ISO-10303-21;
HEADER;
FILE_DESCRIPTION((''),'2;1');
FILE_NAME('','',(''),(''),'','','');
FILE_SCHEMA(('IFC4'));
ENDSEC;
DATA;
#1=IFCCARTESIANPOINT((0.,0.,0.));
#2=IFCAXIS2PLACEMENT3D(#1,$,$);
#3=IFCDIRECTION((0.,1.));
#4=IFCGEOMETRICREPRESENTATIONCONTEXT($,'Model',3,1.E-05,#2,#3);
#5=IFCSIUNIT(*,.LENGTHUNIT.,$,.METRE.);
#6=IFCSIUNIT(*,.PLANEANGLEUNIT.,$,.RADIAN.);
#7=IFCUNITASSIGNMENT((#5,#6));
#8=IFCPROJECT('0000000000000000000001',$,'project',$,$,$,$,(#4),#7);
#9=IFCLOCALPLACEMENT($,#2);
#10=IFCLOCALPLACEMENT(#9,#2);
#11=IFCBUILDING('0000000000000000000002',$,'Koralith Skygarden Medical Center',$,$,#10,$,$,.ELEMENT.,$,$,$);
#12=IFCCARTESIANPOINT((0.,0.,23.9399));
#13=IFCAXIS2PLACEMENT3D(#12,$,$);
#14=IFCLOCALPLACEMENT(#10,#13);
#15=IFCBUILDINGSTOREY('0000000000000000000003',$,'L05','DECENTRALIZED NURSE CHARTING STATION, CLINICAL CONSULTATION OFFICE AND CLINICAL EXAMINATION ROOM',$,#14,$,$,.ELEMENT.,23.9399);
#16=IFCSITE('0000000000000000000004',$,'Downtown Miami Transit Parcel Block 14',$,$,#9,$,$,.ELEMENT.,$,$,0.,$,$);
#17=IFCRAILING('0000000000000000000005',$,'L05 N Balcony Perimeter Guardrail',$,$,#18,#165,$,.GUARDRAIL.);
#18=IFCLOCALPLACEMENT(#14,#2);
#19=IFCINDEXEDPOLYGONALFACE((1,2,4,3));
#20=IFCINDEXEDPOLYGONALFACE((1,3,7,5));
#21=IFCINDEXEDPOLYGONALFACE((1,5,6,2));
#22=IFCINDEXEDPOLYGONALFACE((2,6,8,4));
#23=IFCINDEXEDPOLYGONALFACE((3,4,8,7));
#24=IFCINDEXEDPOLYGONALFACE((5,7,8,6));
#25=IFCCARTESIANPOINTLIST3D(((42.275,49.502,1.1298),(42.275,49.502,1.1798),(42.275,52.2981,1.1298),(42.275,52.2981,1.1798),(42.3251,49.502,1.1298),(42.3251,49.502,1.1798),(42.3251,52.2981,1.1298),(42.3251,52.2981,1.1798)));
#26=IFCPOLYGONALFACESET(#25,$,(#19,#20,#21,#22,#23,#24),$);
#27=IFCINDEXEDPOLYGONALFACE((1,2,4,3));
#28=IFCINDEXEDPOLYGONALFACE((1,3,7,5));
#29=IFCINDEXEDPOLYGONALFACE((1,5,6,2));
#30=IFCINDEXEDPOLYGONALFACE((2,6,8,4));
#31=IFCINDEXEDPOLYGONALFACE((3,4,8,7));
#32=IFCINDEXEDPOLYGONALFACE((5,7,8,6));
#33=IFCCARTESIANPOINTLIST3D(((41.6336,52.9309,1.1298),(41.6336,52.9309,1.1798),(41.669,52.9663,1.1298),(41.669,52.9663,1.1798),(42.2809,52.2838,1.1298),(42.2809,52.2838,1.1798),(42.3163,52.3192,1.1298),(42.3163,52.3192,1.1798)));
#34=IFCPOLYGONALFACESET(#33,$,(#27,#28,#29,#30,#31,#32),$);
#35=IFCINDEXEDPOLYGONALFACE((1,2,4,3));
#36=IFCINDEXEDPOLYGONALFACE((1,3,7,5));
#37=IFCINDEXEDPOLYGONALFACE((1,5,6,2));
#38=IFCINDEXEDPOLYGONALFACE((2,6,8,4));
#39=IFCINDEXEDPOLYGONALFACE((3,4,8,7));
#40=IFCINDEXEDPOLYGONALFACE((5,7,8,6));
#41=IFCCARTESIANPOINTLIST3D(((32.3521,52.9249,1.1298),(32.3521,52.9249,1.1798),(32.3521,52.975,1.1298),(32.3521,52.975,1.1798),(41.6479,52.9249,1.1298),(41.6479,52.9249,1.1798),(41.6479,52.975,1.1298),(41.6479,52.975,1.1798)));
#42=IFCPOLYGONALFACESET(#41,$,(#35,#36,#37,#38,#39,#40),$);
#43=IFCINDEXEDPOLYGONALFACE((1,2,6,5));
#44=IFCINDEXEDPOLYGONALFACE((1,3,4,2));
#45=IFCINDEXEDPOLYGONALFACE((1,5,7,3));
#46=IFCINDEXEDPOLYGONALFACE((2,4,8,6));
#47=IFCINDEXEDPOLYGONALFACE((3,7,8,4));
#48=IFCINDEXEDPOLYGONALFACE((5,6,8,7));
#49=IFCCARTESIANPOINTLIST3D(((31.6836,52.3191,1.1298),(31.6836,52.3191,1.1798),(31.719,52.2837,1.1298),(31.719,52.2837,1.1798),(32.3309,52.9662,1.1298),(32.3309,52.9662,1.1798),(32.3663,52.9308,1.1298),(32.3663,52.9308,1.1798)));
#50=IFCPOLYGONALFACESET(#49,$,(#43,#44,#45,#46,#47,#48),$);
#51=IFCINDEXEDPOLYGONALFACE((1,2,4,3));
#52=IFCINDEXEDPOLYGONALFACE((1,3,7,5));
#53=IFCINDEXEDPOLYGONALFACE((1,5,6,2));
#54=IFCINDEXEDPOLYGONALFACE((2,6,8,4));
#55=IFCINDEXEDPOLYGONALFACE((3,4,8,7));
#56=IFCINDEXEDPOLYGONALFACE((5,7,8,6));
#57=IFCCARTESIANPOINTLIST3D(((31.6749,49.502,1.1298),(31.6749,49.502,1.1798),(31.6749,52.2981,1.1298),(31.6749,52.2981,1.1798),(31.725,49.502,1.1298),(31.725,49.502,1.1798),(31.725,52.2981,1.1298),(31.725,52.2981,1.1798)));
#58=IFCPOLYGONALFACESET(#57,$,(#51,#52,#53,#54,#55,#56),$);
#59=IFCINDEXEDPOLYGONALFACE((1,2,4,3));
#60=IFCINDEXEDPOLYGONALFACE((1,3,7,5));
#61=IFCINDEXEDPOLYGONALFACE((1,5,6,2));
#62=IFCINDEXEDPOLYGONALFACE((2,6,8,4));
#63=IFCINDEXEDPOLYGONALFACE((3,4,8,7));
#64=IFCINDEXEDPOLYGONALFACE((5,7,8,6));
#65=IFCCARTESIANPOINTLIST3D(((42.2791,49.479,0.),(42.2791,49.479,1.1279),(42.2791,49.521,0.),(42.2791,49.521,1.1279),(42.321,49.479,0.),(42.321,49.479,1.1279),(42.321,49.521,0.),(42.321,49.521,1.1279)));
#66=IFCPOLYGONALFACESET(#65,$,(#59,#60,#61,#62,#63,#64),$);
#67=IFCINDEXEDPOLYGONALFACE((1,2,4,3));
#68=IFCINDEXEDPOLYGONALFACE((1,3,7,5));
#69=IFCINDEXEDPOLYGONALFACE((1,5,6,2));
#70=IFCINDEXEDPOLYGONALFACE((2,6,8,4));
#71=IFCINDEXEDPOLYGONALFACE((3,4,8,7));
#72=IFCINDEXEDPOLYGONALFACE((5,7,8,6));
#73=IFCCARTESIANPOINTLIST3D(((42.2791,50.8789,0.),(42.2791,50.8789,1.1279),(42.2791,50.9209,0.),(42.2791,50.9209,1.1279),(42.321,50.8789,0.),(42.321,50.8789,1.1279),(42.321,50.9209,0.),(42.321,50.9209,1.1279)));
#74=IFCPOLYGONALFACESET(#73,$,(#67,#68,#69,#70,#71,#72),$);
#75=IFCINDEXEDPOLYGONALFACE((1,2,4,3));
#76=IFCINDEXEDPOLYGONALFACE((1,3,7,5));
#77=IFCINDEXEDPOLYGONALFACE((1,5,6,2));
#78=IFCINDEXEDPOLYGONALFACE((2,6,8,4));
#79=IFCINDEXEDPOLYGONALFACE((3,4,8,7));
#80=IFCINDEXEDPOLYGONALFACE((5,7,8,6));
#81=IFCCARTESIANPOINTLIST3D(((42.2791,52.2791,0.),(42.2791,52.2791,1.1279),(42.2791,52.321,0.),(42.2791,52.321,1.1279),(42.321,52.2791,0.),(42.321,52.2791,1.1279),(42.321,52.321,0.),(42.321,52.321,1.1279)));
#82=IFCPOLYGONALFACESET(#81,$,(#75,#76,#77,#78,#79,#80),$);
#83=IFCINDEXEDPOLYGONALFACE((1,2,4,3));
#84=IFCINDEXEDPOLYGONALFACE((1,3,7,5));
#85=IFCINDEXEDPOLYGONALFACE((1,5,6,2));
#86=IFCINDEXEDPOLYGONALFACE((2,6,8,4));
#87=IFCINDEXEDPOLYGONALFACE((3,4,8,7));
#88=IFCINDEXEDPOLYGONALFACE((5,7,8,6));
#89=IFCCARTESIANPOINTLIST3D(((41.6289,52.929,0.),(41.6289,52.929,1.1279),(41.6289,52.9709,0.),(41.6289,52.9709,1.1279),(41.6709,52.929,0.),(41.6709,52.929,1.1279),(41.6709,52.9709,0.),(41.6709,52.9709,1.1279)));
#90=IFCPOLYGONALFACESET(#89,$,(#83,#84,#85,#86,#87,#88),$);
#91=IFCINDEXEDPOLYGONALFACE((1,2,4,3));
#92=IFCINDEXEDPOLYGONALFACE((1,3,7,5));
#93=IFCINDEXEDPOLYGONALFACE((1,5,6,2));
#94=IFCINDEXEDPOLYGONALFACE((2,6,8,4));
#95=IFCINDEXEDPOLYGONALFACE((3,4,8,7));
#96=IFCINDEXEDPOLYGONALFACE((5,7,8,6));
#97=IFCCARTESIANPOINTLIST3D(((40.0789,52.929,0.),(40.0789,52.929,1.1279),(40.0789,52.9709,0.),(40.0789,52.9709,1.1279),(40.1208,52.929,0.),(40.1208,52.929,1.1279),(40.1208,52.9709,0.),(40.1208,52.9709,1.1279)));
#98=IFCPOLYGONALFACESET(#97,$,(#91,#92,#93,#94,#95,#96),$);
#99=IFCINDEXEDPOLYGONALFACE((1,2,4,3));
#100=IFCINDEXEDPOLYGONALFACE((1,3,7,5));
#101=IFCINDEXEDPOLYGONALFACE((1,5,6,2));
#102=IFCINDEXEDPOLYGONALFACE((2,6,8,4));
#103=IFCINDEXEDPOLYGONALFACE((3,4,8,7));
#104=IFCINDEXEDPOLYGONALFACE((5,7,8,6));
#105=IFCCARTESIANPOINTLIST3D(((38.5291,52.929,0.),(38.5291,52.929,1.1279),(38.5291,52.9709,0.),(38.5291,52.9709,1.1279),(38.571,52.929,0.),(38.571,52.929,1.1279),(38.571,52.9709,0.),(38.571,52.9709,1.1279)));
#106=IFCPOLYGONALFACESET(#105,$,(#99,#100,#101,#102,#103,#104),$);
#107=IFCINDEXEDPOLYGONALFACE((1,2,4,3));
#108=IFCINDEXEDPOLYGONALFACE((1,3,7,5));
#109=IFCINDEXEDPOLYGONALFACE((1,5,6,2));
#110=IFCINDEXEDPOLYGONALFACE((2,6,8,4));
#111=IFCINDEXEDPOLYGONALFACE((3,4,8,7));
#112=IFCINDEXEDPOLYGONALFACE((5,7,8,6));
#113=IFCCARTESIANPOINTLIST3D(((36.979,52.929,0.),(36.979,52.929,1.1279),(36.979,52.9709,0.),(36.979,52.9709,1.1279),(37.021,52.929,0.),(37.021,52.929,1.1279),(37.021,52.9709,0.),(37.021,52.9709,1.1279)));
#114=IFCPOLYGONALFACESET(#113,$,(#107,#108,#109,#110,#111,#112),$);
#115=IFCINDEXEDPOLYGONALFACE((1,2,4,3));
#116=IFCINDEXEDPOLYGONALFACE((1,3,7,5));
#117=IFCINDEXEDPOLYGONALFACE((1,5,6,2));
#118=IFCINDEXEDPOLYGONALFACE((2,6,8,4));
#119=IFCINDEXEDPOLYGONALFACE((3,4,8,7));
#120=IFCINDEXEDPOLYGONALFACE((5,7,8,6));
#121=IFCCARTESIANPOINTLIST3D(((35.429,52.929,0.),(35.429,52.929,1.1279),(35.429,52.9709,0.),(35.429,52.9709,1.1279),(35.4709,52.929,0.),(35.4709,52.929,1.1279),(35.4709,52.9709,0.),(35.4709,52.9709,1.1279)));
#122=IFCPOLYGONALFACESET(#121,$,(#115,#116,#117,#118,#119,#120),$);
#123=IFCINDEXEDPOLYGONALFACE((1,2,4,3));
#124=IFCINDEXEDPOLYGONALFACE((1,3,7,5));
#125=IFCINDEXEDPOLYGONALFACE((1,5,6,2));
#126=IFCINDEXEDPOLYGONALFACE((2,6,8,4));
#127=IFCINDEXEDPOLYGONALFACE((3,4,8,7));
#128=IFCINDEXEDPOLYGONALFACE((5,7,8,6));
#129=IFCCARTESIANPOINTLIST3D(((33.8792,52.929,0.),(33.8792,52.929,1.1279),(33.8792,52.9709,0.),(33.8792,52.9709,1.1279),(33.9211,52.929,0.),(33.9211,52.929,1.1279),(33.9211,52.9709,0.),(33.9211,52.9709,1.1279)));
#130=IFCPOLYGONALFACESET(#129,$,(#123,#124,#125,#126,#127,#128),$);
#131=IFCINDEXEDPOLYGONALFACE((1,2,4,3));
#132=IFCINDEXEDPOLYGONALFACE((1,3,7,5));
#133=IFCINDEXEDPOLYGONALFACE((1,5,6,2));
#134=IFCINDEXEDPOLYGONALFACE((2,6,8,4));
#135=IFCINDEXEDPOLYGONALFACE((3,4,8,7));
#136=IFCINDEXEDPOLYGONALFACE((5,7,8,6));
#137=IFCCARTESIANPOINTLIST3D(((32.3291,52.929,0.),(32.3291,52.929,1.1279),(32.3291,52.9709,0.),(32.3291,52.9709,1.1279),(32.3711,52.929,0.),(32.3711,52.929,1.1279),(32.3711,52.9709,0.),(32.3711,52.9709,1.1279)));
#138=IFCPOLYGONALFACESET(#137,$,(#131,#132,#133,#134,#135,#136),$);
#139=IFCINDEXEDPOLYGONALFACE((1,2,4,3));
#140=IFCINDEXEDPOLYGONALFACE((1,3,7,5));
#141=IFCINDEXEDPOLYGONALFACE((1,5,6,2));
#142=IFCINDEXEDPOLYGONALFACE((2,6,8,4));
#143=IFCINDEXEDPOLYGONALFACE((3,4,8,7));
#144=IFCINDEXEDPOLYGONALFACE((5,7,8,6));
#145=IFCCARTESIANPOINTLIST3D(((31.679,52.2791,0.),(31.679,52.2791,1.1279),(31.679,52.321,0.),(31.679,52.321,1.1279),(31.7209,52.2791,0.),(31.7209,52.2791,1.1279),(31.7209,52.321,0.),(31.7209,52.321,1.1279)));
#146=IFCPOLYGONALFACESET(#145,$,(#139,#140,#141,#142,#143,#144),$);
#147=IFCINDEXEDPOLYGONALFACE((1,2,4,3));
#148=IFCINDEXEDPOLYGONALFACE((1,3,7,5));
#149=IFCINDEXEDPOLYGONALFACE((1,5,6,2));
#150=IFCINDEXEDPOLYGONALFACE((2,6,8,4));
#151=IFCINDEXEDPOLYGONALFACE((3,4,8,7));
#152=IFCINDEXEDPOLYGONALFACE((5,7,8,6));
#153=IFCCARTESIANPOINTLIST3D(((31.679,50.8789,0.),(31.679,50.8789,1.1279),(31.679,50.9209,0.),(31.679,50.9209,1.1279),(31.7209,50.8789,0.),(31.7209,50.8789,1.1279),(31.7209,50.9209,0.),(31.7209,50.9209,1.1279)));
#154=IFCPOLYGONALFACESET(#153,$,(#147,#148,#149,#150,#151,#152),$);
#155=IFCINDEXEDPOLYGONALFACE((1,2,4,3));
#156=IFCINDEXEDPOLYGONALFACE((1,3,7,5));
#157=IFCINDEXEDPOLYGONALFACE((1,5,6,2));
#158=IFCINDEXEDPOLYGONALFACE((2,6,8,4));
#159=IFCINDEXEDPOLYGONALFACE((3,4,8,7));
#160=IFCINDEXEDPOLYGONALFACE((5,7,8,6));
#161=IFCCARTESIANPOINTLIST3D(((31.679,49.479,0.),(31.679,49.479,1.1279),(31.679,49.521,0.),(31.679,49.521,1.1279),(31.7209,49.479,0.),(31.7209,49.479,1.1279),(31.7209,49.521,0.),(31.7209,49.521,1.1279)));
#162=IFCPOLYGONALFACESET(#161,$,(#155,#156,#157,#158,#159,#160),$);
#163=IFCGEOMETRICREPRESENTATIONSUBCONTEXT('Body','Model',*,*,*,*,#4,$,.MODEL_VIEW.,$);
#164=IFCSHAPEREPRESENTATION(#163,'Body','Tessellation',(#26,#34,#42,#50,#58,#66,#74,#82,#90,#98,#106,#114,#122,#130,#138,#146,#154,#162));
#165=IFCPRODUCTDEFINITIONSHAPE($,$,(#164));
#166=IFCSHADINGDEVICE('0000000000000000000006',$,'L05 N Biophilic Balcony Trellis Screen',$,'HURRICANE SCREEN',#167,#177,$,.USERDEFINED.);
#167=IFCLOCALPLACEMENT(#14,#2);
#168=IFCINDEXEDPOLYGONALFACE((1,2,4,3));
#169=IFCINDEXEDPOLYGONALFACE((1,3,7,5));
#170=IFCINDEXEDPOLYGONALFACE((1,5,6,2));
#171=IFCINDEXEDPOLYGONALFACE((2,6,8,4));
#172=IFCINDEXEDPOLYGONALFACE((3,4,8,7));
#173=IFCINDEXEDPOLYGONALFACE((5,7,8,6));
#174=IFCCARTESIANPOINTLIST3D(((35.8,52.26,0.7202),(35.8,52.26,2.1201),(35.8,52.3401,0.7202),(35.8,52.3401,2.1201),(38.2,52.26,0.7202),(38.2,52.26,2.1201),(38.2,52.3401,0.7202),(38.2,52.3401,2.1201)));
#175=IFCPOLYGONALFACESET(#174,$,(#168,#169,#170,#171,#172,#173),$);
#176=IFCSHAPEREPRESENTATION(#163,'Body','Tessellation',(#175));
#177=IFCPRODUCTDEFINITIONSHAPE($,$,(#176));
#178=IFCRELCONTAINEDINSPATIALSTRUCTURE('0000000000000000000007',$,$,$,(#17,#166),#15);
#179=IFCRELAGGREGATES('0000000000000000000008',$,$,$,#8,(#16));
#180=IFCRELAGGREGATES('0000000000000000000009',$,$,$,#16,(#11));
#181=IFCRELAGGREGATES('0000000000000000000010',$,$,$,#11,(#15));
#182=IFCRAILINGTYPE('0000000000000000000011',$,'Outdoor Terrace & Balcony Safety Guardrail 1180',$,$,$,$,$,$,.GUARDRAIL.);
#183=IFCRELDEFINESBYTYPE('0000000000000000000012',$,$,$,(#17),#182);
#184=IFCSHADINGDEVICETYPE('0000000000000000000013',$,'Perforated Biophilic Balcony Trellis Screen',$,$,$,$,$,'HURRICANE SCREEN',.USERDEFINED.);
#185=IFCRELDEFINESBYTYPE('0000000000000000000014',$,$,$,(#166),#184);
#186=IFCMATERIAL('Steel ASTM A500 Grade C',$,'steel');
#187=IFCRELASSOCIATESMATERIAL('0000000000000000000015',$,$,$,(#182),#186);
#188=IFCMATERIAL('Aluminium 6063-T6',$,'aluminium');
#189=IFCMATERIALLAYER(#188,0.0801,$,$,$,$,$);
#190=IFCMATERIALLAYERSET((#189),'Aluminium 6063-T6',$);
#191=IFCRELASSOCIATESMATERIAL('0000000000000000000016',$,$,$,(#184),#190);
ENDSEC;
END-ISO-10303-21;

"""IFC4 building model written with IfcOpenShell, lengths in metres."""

from ifc_helpers import new_model, si_unit, direction, frame, origin, origin_2d, place, context, subcontext, project, spatial, rectangle, extrude, material, layer, layer_set, type_object, element, save


model = new_model("IFC4")

# Units and contexts
model_context = context("Model", 3, precision=1e-05, world=origin(), true_north=direction((0.0, 1.0)))
body_context = subcontext(model_context, "Body", "Model", "MODEL_VIEW")
ifc_project = project(units=[si_unit("LENGTHUNIT", "METRE"), si_unit("PLANEANGLEUNIT", "RADIAN")], contexts=[model_context])

# Site, building, storey
site_placement = place(None, origin())
site = spatial("IfcSite", under=ifc_project, at=site_placement, Name="Downtown Miami Transit Parcel Block 14", CompositionType="ELEMENT", RefElevation=0.0)
building_placement = place(site_placement, origin())
building = spatial("IfcBuilding", under=site, at=building_placement, Name="Koralith Skygarden Medical Center", CompositionType="ELEMENT")
storey_placement = place(building_placement, frame((0.0, 0.0, 23.9399)))
storey = spatial("IfcBuildingStorey", under=building, at=storey_placement, Name="L05", Description="DECENTRALIZED NURSE CHARTING STATION, CLINICAL CONSULTATION OFFICE AND CLINICAL EXAMINATION ROOM", CompositionType="ELEMENT", Elevation=23.9399)

# Shared definitions
ifc_material_1 = material(Name="Aluminium 6063-T6", Category="aluminium")

# Shared definitions
ifc_material_2 = material(Name="Steel ASTM A500 Grade C", Category="steel")

# Railing
railing_type = type_object("IfcRailingType", Name="Outdoor Terrace & Balcony Safety Guardrail 1180", PredefinedType="GUARDRAIL", material=ifc_material_2)
railing_placement = place(storey_placement, frame((42.3, 49.5, 0.0)))
element("IfcRailing", 1, at=railing_placement, inside=storey, type_object=railing_type, Name="L05 N Balcony Perimeter Guardrail", PredefinedType="GUARDRAIL", context=body_context, shape_type="SweptSolid", body=[
    extrude(rectangle(XDim=0.05, YDim=0.05, at=origin_2d()), frame((0.0, 0.002, 1.1548), z_axis=(0.0, 1.0, 0.0), x_axis=(-1.0, 0.0, 0.0)), (0.0, 0.0, 1.0), 2.7961),
    extrude(rectangle(XDim=0.05, YDim=0.05, at=origin_2d()), frame((-0.0015, 2.8015, 1.1548), z_axis=(-0.70724, 0.706974, 0.0), x_axis=(-0.706974, -0.70724, 0.0)), (0.0, 0.0, 1.0), 0.9153),
    extrude(rectangle(XDim=0.05, YDim=0.05, at=origin_2d()), frame((-0.6521, 3.45, 1.1548), z_axis=(-1.0, 0.0, 0.0), x_axis=(0.0, -1.0, 0.0)), (0.0, 0.0, 1.0), 9.2959),
    extrude(rectangle(XDim=0.05, YDim=0.05, at=origin_2d()), frame((-9.9514, 3.4485, 1.1548), z_axis=(-0.70724, -0.706974, 0.0), x_axis=(0.706974, -0.70724, 0.0)), (0.0, 0.0, 1.0), 0.9153),
    extrude(rectangle(XDim=0.05, YDim=0.05, at=origin_2d()), frame((-10.6001, 2.7981, 1.1548), z_axis=(0.0, -1.0, 0.0), x_axis=(1.0, 0.0, 0.0)), (0.0, 0.0, 1.0), 2.7961),
    extrude(rectangle(XDim=0.042, YDim=0.042, at=origin_2d()), origin(), (0.0, 0.0, 1.0), 1.1279),
    extrude(rectangle(XDim=0.042, YDim=0.042, at=origin_2d()), frame((0.0, 1.3999, 0.0)), (0.0, 0.0, 1.0), 1.1279),
    extrude(rectangle(XDim=0.042, YDim=0.042, at=origin_2d()), frame((0.0, 2.8, 0.0)), (0.0, 0.0, 1.0), 1.1279),
    extrude(rectangle(XDim=0.042, YDim=0.042, at=origin_2d()), frame((-0.6501, 3.45, 0.0)), (0.0, 0.0, 1.0), 1.1279),
    extrude(rectangle(XDim=0.042, YDim=0.042, at=origin_2d()), frame((-2.2002, 3.45, 0.0)), (0.0, 0.0, 1.0), 1.1279),
    extrude(rectangle(XDim=0.042, YDim=0.042, at=origin_2d()), frame((-3.75, 3.45, 0.0)), (0.0, 0.0, 1.0), 1.1279),
    extrude(rectangle(XDim=0.042, YDim=0.042, at=origin_2d()), frame((-5.3, 3.45, 0.0)), (0.0, 0.0, 1.0), 1.1279),
    extrude(rectangle(XDim=0.042, YDim=0.042, at=origin_2d()), frame((-6.8501, 3.45, 0.0)), (0.0, 0.0, 1.0), 1.1279),
    extrude(rectangle(XDim=0.042, YDim=0.042, at=origin_2d()), frame((-8.3999, 3.45, 0.0)), (0.0, 0.0, 1.0), 1.1279),
    extrude(rectangle(XDim=0.042, YDim=0.042, at=origin_2d()), frame((-9.95, 3.45, 0.0)), (0.0, 0.0, 1.0), 1.1279),
    extrude(rectangle(XDim=0.042, YDim=0.042, at=origin_2d()), frame((-10.6001, 2.8, 0.0)), (0.0, 0.0, 1.0), 1.1279),
    extrude(rectangle(XDim=0.042, YDim=0.042, at=origin_2d()), frame((-10.6001, 1.3999, 0.0)), (0.0, 0.0, 1.0), 1.1279),
    extrude(rectangle(XDim=0.042, YDim=0.042, at=origin_2d()), frame((-10.6001, 0.0, 0.0)), (0.0, 0.0, 1.0), 1.1279),
])

# Shading device
ifc_layer_1 = layer(ifc_material_1, 0.0801)
ifc_layer_set_1 = layer_set([ifc_layer_1], Name="Aluminium 6063-T6")
shading_device_type = type_object("IfcShadingDeviceType", Name="Perforated Biophilic Balcony Trellis Screen", ElementType="HURRICANE SCREEN", PredefinedType="USERDEFINED", material=ifc_layer_set_1)
shading_device_placement = place(storey_placement, frame((37.0, 52.3, 0.7202), z_axis=(0.0, 0.0, 1.0), x_axis=(1.0, 0.0, 0.0)))
element("IfcShadingDevice", 2, at=shading_device_placement, inside=storey, type_object=shading_device_type, Name="L05 N Biophilic Balcony Trellis Screen", ObjectType="HURRICANE SCREEN", PredefinedType="USERDEFINED", context=body_context, shape_type="SweptSolid", body=[
    extrude(rectangle(XDim=2.3999, YDim=0.0801, at=origin_2d()), origin(), (0.0, 0.0, 1.0), 1.3999),
])

save(model, "model.ifc")
